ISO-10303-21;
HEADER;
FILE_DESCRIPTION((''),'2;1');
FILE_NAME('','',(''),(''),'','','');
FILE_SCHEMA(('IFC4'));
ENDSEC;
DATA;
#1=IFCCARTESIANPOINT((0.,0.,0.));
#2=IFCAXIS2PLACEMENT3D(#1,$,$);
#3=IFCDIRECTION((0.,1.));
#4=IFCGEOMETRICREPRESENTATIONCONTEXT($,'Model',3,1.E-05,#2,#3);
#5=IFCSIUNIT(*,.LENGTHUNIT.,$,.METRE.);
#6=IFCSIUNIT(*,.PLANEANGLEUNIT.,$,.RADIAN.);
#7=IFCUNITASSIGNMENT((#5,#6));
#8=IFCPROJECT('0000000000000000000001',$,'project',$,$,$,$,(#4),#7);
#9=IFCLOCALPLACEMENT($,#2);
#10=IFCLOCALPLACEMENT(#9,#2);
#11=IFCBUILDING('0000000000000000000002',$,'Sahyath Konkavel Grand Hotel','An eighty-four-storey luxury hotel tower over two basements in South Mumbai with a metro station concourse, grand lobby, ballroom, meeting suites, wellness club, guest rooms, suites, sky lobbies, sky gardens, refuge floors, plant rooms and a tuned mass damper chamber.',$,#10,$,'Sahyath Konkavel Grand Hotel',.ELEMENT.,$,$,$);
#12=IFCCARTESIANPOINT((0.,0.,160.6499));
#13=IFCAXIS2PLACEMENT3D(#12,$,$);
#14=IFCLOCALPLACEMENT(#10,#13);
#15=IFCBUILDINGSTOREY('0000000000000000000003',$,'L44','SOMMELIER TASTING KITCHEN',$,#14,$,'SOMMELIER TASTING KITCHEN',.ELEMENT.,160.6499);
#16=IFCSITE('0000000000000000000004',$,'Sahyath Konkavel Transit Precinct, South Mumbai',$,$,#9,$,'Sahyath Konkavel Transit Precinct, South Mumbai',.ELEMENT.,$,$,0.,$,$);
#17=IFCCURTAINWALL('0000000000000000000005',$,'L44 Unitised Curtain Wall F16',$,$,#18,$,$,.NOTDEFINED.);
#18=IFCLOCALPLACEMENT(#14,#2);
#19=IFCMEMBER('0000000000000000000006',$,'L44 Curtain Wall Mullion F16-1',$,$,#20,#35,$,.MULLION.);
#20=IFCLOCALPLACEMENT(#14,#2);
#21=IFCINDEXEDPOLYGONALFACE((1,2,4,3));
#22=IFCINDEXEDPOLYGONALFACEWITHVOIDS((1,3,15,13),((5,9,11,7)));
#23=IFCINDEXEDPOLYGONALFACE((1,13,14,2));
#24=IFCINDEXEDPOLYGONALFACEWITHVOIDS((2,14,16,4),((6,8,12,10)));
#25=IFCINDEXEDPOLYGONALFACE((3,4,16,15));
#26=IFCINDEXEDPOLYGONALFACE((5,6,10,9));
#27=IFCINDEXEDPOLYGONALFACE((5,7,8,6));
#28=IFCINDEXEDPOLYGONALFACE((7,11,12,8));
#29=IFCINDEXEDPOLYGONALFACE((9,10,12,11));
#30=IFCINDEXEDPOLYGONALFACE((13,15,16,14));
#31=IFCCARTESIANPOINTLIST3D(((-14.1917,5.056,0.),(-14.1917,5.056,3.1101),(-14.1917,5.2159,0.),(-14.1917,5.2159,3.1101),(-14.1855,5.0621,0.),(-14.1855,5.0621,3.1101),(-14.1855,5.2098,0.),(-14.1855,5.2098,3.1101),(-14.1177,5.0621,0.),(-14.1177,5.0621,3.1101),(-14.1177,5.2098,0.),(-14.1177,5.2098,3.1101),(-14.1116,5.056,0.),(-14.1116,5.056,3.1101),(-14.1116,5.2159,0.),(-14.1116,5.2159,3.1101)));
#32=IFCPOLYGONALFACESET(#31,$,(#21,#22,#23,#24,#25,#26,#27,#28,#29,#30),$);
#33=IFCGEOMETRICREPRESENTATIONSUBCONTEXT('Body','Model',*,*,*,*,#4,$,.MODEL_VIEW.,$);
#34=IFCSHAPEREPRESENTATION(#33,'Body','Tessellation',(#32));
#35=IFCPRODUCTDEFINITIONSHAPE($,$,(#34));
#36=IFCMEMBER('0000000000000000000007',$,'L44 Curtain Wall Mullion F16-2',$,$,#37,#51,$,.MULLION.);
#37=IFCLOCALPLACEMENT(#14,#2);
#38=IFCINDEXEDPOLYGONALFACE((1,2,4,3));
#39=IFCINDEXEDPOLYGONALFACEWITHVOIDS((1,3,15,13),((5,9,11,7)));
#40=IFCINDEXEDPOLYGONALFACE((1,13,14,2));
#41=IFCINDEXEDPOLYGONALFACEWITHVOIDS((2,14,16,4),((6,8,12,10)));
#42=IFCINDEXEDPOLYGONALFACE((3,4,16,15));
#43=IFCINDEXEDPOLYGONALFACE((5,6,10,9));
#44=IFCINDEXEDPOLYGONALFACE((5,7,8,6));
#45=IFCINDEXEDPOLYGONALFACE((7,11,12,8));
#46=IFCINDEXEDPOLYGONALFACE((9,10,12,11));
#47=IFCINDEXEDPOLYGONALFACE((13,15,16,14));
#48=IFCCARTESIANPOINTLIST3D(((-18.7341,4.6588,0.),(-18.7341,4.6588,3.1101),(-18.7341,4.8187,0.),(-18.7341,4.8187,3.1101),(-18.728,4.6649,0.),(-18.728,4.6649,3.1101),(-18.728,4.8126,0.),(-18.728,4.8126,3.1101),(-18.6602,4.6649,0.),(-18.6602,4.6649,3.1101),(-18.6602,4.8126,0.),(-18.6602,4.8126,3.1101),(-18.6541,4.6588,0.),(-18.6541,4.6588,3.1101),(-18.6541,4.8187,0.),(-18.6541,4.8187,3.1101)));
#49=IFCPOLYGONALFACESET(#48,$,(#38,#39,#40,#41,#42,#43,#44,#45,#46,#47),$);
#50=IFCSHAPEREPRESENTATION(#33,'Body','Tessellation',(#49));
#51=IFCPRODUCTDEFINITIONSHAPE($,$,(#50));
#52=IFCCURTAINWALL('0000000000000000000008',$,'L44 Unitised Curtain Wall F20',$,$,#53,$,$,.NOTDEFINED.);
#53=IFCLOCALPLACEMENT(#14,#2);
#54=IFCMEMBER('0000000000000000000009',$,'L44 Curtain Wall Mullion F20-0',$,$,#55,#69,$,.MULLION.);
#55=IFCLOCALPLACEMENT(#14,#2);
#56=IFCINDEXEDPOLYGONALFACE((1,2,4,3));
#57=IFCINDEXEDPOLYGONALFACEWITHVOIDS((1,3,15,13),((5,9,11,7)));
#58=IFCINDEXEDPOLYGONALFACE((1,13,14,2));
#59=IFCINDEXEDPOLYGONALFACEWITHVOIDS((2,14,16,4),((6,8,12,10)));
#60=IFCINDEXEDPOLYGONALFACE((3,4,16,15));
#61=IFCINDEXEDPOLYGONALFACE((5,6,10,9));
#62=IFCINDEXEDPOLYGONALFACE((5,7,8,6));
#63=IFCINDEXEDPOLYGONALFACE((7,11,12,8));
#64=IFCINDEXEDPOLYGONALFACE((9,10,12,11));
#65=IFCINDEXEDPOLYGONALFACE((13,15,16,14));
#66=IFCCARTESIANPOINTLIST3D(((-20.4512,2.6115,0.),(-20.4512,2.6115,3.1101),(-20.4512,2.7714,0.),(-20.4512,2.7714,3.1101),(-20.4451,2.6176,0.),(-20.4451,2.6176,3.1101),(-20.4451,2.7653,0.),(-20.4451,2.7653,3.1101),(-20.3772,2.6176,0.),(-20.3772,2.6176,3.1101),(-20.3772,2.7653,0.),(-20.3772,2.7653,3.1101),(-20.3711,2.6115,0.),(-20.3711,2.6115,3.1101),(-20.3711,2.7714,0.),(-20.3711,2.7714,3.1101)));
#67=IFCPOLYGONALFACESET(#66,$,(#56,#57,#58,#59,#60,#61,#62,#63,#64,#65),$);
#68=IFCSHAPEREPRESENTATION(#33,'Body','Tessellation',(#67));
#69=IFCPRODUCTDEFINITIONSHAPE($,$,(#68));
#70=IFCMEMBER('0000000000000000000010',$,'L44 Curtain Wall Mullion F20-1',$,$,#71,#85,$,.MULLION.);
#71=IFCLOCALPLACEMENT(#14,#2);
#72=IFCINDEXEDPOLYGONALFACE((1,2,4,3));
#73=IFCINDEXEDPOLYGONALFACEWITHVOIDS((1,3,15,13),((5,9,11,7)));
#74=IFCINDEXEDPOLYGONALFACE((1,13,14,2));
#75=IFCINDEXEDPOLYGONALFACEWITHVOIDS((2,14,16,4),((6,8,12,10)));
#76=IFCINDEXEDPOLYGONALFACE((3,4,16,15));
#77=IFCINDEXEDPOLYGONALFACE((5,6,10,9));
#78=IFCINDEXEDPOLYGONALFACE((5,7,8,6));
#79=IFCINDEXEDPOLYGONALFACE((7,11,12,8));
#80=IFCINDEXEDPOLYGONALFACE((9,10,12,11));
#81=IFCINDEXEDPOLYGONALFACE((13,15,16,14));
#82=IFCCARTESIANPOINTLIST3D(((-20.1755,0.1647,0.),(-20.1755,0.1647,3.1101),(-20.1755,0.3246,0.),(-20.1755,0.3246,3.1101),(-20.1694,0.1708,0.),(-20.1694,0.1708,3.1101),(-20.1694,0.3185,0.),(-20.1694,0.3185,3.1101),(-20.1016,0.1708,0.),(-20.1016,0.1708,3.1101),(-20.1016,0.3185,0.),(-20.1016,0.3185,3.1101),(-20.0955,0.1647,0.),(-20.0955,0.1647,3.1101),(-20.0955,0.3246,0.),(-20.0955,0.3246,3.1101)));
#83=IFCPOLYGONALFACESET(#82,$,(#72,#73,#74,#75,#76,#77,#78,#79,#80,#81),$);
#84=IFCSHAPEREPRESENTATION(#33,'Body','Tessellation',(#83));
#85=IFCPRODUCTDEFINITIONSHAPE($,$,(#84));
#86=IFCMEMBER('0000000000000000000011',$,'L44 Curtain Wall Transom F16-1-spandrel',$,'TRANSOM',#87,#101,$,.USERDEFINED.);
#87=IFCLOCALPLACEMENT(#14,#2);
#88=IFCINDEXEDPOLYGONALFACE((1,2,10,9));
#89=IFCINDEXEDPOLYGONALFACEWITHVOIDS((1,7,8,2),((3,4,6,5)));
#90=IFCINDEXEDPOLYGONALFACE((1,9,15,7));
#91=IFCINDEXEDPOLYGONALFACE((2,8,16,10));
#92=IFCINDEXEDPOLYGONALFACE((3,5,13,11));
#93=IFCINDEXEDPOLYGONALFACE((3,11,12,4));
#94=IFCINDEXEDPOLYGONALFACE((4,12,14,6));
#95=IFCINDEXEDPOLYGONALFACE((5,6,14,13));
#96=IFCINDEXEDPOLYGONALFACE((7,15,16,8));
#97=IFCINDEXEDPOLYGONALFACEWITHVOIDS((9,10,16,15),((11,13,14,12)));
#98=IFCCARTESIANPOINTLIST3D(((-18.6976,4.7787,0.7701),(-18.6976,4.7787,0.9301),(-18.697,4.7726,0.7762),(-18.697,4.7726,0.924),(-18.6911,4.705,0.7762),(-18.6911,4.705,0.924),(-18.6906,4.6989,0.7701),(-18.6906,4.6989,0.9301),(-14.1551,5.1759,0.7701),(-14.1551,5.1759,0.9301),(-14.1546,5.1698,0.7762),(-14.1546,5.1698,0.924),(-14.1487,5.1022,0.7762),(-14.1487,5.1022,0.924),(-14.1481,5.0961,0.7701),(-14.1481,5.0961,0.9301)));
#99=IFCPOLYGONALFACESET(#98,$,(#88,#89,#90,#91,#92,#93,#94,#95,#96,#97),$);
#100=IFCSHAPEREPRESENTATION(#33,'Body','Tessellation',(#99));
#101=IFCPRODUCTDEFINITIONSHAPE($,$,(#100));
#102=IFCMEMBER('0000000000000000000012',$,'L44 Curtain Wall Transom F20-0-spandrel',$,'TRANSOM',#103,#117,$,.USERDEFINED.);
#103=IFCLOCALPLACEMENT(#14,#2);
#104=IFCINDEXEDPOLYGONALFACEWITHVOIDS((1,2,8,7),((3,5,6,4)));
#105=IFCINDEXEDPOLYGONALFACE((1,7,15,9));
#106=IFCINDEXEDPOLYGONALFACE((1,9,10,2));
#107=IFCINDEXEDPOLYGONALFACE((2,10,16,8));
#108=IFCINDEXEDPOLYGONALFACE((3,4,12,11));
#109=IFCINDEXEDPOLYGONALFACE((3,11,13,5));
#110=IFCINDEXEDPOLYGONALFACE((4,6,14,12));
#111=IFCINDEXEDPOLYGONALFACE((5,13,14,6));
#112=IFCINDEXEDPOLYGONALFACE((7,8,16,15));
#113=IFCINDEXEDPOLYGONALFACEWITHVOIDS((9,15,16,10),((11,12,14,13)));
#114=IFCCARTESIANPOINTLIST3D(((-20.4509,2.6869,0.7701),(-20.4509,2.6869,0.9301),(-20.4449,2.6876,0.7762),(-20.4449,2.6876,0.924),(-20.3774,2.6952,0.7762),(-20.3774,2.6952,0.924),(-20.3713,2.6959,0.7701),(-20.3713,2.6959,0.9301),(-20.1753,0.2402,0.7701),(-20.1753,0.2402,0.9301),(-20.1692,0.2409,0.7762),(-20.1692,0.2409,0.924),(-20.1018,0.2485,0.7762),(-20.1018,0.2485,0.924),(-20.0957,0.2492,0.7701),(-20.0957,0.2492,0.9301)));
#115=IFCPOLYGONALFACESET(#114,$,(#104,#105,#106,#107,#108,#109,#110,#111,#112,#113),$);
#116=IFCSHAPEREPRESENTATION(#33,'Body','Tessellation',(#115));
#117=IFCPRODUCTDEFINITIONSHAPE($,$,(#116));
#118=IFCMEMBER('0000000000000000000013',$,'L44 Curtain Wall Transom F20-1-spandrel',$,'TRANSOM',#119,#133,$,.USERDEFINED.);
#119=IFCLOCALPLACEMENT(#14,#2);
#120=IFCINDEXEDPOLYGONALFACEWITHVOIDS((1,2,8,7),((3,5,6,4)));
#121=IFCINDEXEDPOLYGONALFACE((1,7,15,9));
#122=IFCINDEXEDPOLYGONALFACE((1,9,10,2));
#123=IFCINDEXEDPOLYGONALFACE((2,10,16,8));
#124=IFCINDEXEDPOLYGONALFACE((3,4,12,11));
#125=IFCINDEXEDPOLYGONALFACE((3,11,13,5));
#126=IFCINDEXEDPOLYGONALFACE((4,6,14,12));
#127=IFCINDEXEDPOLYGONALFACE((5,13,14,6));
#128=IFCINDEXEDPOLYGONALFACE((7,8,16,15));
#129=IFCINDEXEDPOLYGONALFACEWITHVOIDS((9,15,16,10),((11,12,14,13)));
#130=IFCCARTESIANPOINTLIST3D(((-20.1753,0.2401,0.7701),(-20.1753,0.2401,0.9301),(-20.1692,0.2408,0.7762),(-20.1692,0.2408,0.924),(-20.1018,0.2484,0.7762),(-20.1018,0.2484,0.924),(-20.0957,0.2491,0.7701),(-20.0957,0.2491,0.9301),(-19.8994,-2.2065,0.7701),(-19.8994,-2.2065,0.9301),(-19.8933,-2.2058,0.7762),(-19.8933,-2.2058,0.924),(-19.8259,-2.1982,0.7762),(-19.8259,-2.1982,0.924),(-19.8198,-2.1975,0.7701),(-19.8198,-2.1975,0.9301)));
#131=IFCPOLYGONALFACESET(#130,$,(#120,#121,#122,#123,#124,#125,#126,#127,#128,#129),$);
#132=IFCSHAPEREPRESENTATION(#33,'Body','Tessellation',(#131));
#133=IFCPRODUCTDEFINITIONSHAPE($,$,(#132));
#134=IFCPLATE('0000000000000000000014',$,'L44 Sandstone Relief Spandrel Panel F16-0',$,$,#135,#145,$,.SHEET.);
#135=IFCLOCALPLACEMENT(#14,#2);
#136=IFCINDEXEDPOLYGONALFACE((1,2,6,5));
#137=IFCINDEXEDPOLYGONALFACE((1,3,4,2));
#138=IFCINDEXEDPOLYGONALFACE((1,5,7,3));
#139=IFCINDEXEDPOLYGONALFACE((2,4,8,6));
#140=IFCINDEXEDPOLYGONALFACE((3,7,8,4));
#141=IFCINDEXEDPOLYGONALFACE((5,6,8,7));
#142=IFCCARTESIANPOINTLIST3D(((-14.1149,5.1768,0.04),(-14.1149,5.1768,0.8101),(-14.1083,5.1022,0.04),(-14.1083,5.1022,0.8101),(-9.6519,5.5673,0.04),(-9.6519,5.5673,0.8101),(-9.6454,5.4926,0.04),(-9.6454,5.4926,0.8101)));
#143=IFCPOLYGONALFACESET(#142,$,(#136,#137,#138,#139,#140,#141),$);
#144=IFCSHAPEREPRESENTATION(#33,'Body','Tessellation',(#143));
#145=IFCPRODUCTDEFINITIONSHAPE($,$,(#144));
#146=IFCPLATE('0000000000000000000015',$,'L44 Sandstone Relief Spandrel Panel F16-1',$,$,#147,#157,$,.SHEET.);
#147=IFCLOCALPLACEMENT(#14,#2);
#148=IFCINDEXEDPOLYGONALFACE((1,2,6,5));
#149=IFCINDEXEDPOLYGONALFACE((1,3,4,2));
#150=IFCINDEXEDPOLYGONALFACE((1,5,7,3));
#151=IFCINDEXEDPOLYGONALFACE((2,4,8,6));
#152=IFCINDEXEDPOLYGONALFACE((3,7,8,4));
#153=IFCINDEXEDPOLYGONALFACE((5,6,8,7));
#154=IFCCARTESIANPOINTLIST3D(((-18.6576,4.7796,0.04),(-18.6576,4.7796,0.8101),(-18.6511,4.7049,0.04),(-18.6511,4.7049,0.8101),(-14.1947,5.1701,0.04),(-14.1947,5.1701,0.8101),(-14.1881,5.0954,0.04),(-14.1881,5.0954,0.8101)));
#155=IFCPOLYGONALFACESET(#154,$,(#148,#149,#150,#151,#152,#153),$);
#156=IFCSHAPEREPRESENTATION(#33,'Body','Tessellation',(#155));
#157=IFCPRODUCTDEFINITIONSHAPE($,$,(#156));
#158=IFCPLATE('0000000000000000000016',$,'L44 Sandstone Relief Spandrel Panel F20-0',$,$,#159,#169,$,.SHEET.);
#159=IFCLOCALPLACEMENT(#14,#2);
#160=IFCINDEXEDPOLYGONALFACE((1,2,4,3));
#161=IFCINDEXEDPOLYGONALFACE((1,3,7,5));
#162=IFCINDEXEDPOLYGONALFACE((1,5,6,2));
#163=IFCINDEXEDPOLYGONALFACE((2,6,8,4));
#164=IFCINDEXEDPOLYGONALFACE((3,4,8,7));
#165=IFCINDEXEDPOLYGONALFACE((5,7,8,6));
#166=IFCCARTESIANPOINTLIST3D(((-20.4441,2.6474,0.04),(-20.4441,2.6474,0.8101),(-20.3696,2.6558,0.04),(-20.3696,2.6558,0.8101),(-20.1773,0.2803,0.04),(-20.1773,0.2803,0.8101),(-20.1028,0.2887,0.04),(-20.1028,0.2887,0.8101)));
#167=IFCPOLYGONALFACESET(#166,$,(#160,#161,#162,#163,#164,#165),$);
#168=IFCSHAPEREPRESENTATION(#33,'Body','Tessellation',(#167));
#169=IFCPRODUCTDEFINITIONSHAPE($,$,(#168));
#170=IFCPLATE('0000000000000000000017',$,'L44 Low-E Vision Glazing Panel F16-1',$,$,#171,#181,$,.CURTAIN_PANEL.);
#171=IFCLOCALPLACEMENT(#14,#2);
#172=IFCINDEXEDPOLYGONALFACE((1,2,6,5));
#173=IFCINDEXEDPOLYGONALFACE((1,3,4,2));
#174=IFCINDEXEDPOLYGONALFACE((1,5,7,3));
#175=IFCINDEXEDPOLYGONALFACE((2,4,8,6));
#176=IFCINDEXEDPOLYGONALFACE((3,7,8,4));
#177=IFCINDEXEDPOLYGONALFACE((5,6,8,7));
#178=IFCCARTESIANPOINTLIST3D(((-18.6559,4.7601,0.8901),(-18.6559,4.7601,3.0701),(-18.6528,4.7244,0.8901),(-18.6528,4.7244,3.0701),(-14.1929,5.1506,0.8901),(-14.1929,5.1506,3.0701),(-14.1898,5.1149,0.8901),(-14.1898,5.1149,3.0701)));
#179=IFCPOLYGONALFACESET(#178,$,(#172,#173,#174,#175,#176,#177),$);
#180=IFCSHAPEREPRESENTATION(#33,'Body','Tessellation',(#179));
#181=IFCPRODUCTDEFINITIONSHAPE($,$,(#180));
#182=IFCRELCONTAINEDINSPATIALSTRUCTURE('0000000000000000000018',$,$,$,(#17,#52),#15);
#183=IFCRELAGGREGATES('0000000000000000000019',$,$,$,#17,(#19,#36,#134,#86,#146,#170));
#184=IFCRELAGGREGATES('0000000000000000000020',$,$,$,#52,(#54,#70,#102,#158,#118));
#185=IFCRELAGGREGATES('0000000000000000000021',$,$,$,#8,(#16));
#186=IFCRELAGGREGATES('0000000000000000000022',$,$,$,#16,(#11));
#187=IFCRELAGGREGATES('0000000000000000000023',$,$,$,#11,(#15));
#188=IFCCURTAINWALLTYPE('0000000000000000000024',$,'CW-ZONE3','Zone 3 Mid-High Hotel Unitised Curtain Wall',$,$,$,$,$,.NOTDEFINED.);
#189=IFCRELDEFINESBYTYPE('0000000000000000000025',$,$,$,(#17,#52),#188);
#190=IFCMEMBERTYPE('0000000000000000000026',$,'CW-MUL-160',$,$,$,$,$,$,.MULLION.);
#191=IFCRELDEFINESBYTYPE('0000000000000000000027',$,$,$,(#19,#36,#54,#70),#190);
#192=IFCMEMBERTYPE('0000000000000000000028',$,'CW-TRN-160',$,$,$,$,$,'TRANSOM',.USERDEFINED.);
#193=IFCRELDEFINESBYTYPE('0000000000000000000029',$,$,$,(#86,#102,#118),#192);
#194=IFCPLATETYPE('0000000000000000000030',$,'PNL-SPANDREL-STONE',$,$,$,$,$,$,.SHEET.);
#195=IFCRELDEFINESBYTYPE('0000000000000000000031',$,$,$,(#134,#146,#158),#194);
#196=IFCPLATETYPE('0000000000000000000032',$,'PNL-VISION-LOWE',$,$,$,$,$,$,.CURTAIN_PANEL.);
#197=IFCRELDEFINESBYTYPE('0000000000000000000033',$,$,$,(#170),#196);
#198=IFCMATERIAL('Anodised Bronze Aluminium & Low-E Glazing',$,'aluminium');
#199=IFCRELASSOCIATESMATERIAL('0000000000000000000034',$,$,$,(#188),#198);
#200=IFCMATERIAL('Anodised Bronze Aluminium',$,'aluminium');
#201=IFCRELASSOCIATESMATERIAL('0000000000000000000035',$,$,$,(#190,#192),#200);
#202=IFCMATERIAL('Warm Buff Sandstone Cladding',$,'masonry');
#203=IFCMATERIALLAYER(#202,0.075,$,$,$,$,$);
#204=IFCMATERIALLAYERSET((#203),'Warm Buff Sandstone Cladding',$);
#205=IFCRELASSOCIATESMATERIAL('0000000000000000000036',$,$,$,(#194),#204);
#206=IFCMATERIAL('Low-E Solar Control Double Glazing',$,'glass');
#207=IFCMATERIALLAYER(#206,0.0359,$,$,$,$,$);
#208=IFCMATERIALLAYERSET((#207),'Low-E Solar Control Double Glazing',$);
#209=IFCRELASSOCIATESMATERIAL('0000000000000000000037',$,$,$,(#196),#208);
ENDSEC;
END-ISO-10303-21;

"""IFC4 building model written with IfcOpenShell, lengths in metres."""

from ifc_helpers import new_model, si_unit, direction, frame, origin, origin_2d, place, context, subcontext, project, spatial, rectangle, hollow_rectangle, extrude, source, transform, mapped, material, layer, layer_set, material_profile, profile_set, type_object, element, aggregate, save


model = new_model("IFC4")

# Units and contexts
model_context = context("Model", 3, precision=1e-05, world=origin(), true_north=direction((0.0, 1.0)))
body_context = subcontext(model_context, "Body", "Model", "MODEL_VIEW")
ifc_project = project(units=[si_unit("LENGTHUNIT", "METRE"), si_unit("PLANEANGLEUNIT", "RADIAN")], contexts=[model_context])

# Site, building, storey
site_placement = place(None, origin())
site = spatial("IfcSite", under=ifc_project, at=site_placement, Name="Sahyath Konkavel Transit Precinct, South Mumbai", LongName="Sahyath Konkavel Transit Precinct, South Mumbai", CompositionType="ELEMENT", RefElevation=0.0)
building_placement = place(site_placement, origin())
building = spatial("IfcBuilding", under=site, at=building_placement, Name="Sahyath Konkavel Grand Hotel", Description="An eighty-four-storey luxury hotel tower over two basements in South Mumbai with a metro station concourse, grand lobby, ballroom, meeting suites, wellness club, guest rooms, suites, sky lobbies, sky gardens, refuge floors, plant rooms and a tuned mass damper chamber.", LongName="Sahyath Konkavel Grand Hotel", CompositionType="ELEMENT")
storey_placement = place(building_placement, frame((0.0, 0.0, 160.6499)))
storey = spatial("IfcBuildingStorey", under=building, at=storey_placement, Name="L44", Description="SOMMELIER TASTING KITCHEN", LongName="SOMMELIER TASTING KITCHEN", CompositionType="ELEMENT", Elevation=160.6499)

# Curtain walls, members
ifc_material_1 = material(Name="Anodised Bronze Aluminium & Low-E Glazing", Category="aluminium")
curtain_wall_type = type_object("IfcCurtainWallType", Name="CW-ZONE3", Description="Zone 3 Mid-High Hotel Unitised Curtain Wall", PredefinedType="NOTDEFINED", material=ifc_material_1)
curtain_wall_1_placement = place(storey_placement, origin())
curtain_wall_1 = element("IfcCurtainWall", 1, at=curtain_wall_1_placement, inside=storey, type_object=curtain_wall_type, Name="L44 Unitised Curtain Wall F16", PredefinedType="NOTDEFINED")
ifc_material_2 = material(Name="Anodised Bronze Aluminium", Category="aluminium")
ifc_material_profile_1 = material_profile(ifc_material_2, hollow_rectangle(XDim=0.0801, YDim=0.1599, WallThickness=0.0061, at=origin_2d()), Name="RHS 160x80x6")
ifc_profile_set_1 = profile_set([ifc_material_profile_1], Name="Anodised Bronze Aluminium")
member_type_1 = type_object("IfcMemberType", Name="CW-MUL-160", PredefinedType="MULLION", material=ifc_profile_set_1)
shared_shape_1 = source(origin(), body_context, "Body", "SweptSolid", [
    extrude(hollow_rectangle(XDim=0.0801, YDim=0.1599, WallThickness=0.0061, at=origin_2d()), origin(), (0.0, 0.0, 1.0), 3.1101),
])
member_1_placement = place(storey_placement, frame((-14.1516, 5.136, 0.0), z_axis=(0.0, 0.0, 1.0), x_axis=(1.0, 0.0, 0.0)))
member_1 = element("IfcMember", 2, at=member_1_placement, type_object=member_type_1, Name="L44 Curtain Wall Mullion F16-1", PredefinedType="MULLION", context=body_context, shape_type="MappedRepresentation", body=[
    mapped(shared_shape_1, transform((0.0, 0.0, 0.0), scale=1.0)),
])
member_2_placement = place(storey_placement, frame((-18.6941, 4.7388, 0.0), z_axis=(0.0, 0.0, 1.0), x_axis=(1.0, 0.0, 0.0)))
member_2 = element("IfcMember", 3, at=member_2_placement, type_object=member_type_1, Name="L44 Curtain Wall Mullion F16-2", PredefinedType="MULLION", context=body_context, shape_type="MappedRepresentation", body=[
    mapped(shared_shape_1, transform((0.0, 0.0, 0.0), scale=1.0)),
])
curtain_wall_2_placement = place(storey_placement, origin())
curtain_wall_2 = element("IfcCurtainWall", 4, at=curtain_wall_2_placement, inside=storey, type_object=curtain_wall_type, Name="L44 Unitised Curtain Wall F20", PredefinedType="NOTDEFINED")
member_3_placement = place(storey_placement, frame((-20.4111, 2.6914, 0.0), z_axis=(0.0, 0.0, 1.0), x_axis=(1.0, 0.0, 0.0)))
member_3 = element("IfcMember", 5, at=member_3_placement, type_object=member_type_1, Name="L44 Curtain Wall Mullion F20-0", PredefinedType="MULLION", context=body_context, shape_type="MappedRepresentation", body=[
    mapped(shared_shape_1, transform((0.0, 0.0, 0.0), scale=1.0)),
])
member_4_placement = place(storey_placement, frame((-20.1355, 0.2446, 0.0), z_axis=(0.0, 0.0, 1.0), x_axis=(1.0, 0.0, 0.0)))
member_4 = element("IfcMember", 6, at=member_4_placement, type_object=member_type_1, Name="L44 Curtain Wall Mullion F20-1", PredefinedType="MULLION", context=body_context, shape_type="MappedRepresentation", body=[
    mapped(shared_shape_1, transform((0.0, 0.0, 0.0), scale=1.0)),
])

# Members
ifc_material_profile_2 = material_profile(ifc_material_2, hollow_rectangle(XDim=0.0801, YDim=0.1599, WallThickness=0.0061, at=origin_2d()), Name="RHS 160x80x6")
ifc_profile_set_2 = profile_set([ifc_material_profile_2], Name="Anodised Bronze Aluminium")
member_type_2 = type_object("IfcMemberType", Name="CW-TRN-160", ElementType="TRANSOM", PredefinedType="USERDEFINED", material=ifc_profile_set_2)
shared_shape_2 = source(origin(), body_context, "Body", "SweptSolid", [
    extrude(hollow_rectangle(XDim=0.0801, YDim=0.1599, WallThickness=0.0061, at=origin_2d()), origin(), (0.0, 0.0, 1.0), 4.5598),
])
member_5_placement = place(storey_placement, frame((-14.1516, 5.136, 0.8501), z_axis=(-0.996198, -0.087112, 0.0), x_axis=(0.087112, -0.996198, 0.0)))
member_5 = element("IfcMember", 7, at=member_5_placement, type_object=member_type_2, Name="L44 Curtain Wall Transom F16-1-spandrel", ObjectType="TRANSOM", PredefinedType="USERDEFINED", context=body_context, shape_type="MappedRepresentation", body=[
    mapped(shared_shape_2, transform((0.0, 0.0, 0.0), scale=1.0)),
])
shared_shape_3 = source(origin(), body_context, "Body", "SweptSolid", [
    extrude(hollow_rectangle(XDim=0.0801, YDim=0.1599, WallThickness=0.0061, at=origin_2d()), origin(), (0.0, 0.0, 1.0), 2.4622),
])
member_6_placement = place(storey_placement, frame((-20.4111, 2.6914, 0.8501), z_axis=(0.111944, -0.993715, 0.0), x_axis=(0.993715, 0.111944, 0.0)))
member_6 = element("IfcMember", 8, at=member_6_placement, type_object=member_type_2, Name="L44 Curtain Wall Transom F20-0-spandrel", ObjectType="TRANSOM", PredefinedType="USERDEFINED", context=body_context, shape_type="MappedRepresentation", body=[
    mapped(shared_shape_3, transform((0.0, 0.0, 0.0), scale=1.0)),
])
member_7_placement = place(storey_placement, frame((-20.1355, 0.2446, 0.8501), z_axis=(0.112053, -0.993702, 0.0), x_axis=(0.993702, 0.112053, 0.0)))
member_7 = element("IfcMember", 9, at=member_7_placement, type_object=member_type_2, Name="L44 Curtain Wall Transom F20-1-spandrel", ObjectType="TRANSOM", PredefinedType="USERDEFINED", context=body_context, shape_type="MappedRepresentation", body=[
    mapped(shared_shape_3, transform((0.0, 0.0, 0.0), scale=1.0)),
])

# Plates
ifc_material_3 = material(Name="Warm Buff Sandstone Cladding", Category="masonry")
ifc_layer_1 = layer(ifc_material_3, 0.075)
ifc_layer_set_1 = layer_set([ifc_layer_1], Name="Warm Buff Sandstone Cladding")
plate_type_1 = type_object("IfcPlateType", Name="PNL-SPANDREL-STONE", PredefinedType="SHEET", material=ifc_layer_set_1)
shared_shape_4 = source(origin(), body_context, "Body", "SweptSolid", [
    extrude(rectangle(XDim=4.48, YDim=0.075, at=origin_2d()), origin(), (0.0, 0.0, 1.0), 0.77),
])
plate_1_placement = place(storey_placement, frame((-11.8801, 5.3347, 0.04), z_axis=(0.0, 0.0, 1.0), x_axis=(-0.996195, -0.087156, 0.0)))
plate_1 = element("IfcPlate", 10, at=plate_1_placement, type_object=plate_type_1, Name="L44 Sandstone Relief Spandrel Panel F16-0", PredefinedType="SHEET", context=body_context, shape_type="MappedRepresentation", body=[
    mapped(shared_shape_4, transform((0.0, 0.0, 0.0), scale=1.0)),
])
plate_2_placement = place(storey_placement, frame((-16.4229, 4.9375, 0.04), z_axis=(0.0, 0.0, 1.0), x_axis=(-0.996195, -0.087156, 0.0)))
plate_2 = element("IfcPlate", 11, at=plate_2_placement, type_object=plate_type_1, Name="L44 Sandstone Relief Spandrel Panel F16-1", PredefinedType="SHEET", context=body_context, shape_type="MappedRepresentation", body=[
    mapped(shared_shape_4, transform((0.0, 0.0, 0.0), scale=1.0)),
])
shared_shape_5 = source(origin(), body_context, "Body", "SweptSolid", [
    extrude(rectangle(XDim=2.3821, YDim=0.075, at=origin_2d()), origin(), (0.0, 0.0, 1.0), 0.77),
])
plate_3_placement = place(storey_placement, frame((-20.2734, 1.468, 0.04), z_axis=(0.0, 0.0, 1.0), x_axis=(0.111989, -0.993709, 0.0)))
plate_3 = element("IfcPlate", 12, at=plate_3_placement, type_object=plate_type_1, Name="L44 Sandstone Relief Spandrel Panel F20-0", PredefinedType="SHEET", context=body_context, shape_type="MappedRepresentation", body=[
    mapped(shared_shape_5, transform((0.0, 0.0, 0.0), scale=1.0)),
])
ifc_material_4 = material(Name="Low-E Solar Control Double Glazing", Category="glass")
ifc_layer_2 = layer(ifc_material_4, 0.0359)
ifc_layer_set_2 = layer_set([ifc_layer_2], Name="Low-E Solar Control Double Glazing")
plate_type_2 = type_object("IfcPlateType", Name="PNL-VISION-LOWE", PredefinedType="CURTAIN_PANEL", material=ifc_layer_set_2)
shared_shape_6 = source(origin(), body_context, "Body", "SweptSolid", [
    extrude(rectangle(XDim=4.48, YDim=0.0359, at=origin_2d()), origin(), (0.0, 0.0, 1.0), 2.1799),
])
plate_4_placement = place(storey_placement, frame((-16.4229, 4.9375, 0.8901), z_axis=(0.0, 0.0, 1.0), x_axis=(-0.996195, -0.087156, 0.0)))
plate_4 = element("IfcPlate", 13, at=plate_4_placement, type_object=plate_type_2, Name="L44 Low-E Vision Glazing Panel F16-1", PredefinedType="CURTAIN_PANEL", context=body_context, shape_type="MappedRepresentation", body=[
    mapped(shared_shape_6, transform((0.0, 0.0, 0.0), scale=1.0)),
])
aggregate(curtain_wall_1, [member_1, member_2, plate_1, member_5, plate_2, plate_4])
aggregate(curtain_wall_2, [member_3, member_4, member_6, plate_3, member_7])

save(model, "model.ifc")
